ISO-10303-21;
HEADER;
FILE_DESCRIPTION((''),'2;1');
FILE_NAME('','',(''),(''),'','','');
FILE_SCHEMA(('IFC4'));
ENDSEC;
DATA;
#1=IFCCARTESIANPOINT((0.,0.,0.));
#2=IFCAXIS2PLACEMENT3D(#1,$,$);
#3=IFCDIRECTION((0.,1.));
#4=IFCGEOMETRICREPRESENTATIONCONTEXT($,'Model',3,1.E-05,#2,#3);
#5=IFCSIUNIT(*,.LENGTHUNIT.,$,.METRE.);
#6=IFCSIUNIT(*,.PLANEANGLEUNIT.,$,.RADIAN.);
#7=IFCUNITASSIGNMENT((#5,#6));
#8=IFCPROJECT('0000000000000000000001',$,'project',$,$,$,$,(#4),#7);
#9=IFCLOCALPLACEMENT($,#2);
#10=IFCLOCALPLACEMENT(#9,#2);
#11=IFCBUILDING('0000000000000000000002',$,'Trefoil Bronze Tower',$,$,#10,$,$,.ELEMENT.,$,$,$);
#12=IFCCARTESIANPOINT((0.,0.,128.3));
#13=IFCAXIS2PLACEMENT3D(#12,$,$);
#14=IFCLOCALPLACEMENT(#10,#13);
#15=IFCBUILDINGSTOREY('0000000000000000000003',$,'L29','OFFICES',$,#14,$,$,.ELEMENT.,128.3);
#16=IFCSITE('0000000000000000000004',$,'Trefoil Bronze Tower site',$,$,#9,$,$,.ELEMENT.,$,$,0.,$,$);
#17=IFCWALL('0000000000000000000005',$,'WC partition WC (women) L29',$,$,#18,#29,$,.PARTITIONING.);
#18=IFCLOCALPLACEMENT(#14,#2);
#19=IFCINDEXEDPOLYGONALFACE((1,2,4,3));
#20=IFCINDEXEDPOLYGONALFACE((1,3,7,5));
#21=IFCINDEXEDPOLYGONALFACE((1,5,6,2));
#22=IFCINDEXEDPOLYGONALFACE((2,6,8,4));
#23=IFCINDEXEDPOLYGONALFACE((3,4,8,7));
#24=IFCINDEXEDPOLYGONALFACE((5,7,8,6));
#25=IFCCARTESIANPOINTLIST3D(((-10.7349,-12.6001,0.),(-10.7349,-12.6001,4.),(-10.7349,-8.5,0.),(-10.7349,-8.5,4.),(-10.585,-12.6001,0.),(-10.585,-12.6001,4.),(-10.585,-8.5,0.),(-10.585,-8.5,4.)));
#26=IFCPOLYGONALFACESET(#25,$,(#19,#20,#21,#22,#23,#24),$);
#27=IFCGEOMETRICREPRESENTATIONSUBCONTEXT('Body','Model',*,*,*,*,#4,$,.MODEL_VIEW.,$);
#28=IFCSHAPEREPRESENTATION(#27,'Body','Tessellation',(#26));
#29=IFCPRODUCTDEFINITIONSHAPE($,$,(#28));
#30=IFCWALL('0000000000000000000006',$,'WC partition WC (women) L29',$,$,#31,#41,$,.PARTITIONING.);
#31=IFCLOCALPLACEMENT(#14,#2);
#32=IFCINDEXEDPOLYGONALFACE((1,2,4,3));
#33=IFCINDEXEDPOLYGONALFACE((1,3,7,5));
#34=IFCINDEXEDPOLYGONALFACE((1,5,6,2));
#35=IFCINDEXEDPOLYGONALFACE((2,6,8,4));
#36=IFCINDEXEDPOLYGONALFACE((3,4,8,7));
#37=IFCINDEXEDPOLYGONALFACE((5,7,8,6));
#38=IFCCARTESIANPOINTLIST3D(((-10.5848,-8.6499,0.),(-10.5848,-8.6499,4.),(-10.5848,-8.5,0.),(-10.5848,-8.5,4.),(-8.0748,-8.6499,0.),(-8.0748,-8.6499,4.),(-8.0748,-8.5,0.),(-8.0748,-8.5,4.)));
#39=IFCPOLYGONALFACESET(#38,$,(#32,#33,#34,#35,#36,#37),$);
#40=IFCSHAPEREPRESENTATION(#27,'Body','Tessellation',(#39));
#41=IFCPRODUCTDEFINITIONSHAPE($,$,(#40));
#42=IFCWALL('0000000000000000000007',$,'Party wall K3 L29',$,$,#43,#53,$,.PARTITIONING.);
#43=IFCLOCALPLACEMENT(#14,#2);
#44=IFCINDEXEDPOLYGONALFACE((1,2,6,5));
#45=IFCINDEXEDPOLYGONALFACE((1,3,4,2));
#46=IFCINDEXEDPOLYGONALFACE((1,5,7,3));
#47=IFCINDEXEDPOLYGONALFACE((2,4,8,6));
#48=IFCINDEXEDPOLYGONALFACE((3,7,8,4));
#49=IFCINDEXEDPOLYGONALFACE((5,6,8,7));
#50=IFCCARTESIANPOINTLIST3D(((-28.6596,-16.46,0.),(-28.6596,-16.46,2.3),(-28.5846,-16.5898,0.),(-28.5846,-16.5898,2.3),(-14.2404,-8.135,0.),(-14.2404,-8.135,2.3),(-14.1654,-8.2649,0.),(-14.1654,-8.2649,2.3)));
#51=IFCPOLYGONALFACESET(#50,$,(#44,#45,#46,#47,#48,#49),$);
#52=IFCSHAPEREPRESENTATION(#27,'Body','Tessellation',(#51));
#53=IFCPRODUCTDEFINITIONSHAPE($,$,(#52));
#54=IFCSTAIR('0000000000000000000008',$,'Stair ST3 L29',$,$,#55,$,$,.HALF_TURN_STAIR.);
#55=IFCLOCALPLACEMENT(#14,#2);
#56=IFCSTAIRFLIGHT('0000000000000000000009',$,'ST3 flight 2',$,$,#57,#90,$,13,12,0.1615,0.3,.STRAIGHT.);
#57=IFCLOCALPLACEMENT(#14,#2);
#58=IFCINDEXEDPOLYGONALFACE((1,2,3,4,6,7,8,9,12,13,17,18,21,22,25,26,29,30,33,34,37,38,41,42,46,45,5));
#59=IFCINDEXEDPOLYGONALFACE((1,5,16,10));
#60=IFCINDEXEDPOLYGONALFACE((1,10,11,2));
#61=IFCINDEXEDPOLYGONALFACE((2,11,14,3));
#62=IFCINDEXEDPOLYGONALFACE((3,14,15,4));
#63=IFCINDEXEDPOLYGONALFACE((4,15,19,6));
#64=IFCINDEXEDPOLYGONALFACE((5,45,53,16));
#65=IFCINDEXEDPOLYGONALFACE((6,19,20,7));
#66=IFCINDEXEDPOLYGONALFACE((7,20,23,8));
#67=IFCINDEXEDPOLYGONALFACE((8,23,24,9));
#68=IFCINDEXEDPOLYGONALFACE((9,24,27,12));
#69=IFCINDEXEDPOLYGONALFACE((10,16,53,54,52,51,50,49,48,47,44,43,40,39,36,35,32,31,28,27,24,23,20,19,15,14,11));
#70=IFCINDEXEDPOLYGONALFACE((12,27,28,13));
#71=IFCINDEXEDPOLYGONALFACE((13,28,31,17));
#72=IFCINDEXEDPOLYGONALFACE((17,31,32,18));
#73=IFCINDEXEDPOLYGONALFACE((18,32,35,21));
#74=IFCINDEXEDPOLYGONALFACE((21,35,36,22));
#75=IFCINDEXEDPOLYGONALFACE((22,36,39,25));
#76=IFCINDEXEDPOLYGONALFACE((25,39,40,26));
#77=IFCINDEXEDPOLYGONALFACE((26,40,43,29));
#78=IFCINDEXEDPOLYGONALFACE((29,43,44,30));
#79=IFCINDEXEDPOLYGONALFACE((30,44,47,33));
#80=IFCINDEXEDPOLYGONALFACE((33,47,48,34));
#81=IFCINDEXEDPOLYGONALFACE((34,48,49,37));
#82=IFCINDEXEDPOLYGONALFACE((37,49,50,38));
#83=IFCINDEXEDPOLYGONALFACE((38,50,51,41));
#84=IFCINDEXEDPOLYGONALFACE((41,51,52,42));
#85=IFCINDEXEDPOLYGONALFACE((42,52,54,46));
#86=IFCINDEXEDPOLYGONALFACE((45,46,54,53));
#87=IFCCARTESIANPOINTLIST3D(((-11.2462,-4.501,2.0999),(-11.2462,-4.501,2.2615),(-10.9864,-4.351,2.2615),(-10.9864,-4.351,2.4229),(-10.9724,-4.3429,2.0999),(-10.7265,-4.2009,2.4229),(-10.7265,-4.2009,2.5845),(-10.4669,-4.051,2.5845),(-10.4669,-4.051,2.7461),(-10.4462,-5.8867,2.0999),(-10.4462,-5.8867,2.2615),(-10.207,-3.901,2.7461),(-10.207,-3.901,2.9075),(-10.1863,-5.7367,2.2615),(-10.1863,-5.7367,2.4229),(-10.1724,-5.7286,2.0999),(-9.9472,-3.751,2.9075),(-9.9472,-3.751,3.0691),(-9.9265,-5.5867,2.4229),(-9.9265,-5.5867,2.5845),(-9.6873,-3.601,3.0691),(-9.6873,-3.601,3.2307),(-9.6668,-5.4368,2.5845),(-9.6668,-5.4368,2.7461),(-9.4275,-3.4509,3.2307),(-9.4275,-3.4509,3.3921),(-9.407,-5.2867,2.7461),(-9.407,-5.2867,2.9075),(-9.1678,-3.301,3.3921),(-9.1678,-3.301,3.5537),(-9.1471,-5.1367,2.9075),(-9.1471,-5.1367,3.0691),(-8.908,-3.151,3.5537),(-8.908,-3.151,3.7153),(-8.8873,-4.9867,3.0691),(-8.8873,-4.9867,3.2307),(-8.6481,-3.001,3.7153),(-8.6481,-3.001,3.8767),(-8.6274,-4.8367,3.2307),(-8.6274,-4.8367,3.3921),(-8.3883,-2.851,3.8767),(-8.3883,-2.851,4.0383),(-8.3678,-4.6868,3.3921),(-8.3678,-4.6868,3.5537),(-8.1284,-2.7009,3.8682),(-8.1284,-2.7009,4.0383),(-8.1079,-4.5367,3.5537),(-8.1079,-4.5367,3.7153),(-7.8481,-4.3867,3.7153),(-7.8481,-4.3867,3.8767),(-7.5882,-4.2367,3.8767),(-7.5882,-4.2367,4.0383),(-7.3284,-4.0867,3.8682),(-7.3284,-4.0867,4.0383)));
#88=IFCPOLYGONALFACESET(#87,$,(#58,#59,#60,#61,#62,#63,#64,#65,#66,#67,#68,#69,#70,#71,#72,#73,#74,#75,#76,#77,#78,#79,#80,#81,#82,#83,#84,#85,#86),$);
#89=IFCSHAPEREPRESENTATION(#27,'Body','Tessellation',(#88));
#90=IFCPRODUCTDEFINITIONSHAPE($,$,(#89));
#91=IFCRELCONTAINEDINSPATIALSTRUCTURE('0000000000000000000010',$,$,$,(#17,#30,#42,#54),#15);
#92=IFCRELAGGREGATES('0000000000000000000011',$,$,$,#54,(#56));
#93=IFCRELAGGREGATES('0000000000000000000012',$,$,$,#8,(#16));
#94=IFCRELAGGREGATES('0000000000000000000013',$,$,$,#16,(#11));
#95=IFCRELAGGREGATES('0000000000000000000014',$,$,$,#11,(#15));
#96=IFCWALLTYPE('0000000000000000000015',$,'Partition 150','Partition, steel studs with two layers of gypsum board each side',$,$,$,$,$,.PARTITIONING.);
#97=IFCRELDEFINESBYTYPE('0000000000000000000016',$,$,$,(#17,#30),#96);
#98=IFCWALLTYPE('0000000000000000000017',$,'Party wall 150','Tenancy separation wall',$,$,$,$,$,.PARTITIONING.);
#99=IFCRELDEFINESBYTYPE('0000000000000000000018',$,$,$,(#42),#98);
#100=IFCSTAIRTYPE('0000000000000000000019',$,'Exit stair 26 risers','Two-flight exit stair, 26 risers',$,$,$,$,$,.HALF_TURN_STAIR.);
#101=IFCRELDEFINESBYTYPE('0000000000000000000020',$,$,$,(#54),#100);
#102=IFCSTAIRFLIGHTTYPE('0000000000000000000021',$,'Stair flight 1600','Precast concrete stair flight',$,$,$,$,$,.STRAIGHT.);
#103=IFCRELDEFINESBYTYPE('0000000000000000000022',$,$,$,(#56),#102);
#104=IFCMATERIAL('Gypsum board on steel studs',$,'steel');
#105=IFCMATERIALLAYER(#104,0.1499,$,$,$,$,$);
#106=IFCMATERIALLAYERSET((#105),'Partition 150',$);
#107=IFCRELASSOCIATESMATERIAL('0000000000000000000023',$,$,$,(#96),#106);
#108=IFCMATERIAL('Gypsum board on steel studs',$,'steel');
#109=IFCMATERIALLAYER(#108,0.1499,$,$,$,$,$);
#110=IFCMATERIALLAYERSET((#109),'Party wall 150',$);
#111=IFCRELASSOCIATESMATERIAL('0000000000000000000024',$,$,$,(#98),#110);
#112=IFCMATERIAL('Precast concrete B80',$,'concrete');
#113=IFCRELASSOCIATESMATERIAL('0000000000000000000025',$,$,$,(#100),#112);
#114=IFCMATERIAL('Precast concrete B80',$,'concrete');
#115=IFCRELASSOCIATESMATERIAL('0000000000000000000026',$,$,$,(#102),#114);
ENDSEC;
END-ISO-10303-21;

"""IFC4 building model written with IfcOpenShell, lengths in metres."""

from ifc_helpers import new_model, si_unit, direction, frame, frame_2d, origin, place, context, subcontext, project, spatial, polyline, rectangle, outline, extrude, material, layer, layer_set, type_object, element, aggregate, save


model = new_model("IFC4")

# Units and contexts
model_context = context("Model", 3, precision=1e-05, world=origin(), true_north=direction((0.0, 1.0)))
body_context = subcontext(model_context, "Body", "Model", "MODEL_VIEW")
ifc_project = project(units=[si_unit("LENGTHUNIT", "METRE"), si_unit("PLANEANGLEUNIT", "RADIAN")], contexts=[model_context])

# Site, building, storey
site_placement = place(None, origin())
site = spatial("IfcSite", under=ifc_project, at=site_placement, Name="Trefoil Bronze Tower site", CompositionType="ELEMENT", RefElevation=0.0)
building_placement = place(site_placement, origin())
building = spatial("IfcBuilding", under=site, at=building_placement, Name="Trefoil Bronze Tower", CompositionType="ELEMENT")
storey_placement = place(building_placement, frame((0.0, 0.0, 128.3)))
storey = spatial("IfcBuildingStorey", under=building, at=storey_placement, Name="L29", Description="OFFICES", CompositionType="ELEMENT", Elevation=128.3)

# Shared definitions
ifc_material_1 = material(Name="Gypsum board on steel studs", Category="steel")
ifc_layer_1 = layer(ifc_material_1, 0.1499)
ifc_layer_set_1 = layer_set([ifc_layer_1], Name="Partition 150")
wall_type_1 = type_object("IfcWallType", Name="Partition 150", Description="Partition, steel studs with two layers of gypsum board each side", PredefinedType="PARTITIONING", material=ifc_layer_set_1)

# Walls
wall_1_placement = place(storey_placement, frame((-10.6599, -8.5, 0.0), z_axis=(0.0, 0.0, 1.0), x_axis=(0.0, -1.0, 0.0)))
element("IfcWall", 1, at=wall_1_placement, inside=storey, type_object=wall_type_1, Name="WC partition WC (women) L29", PredefinedType="PARTITIONING", context=body_context, shape_type="SweptSolid", body=[
    extrude(rectangle(XDim=4.1001, YDim=0.1499, at=frame_2d((2.05, 0.0))), origin(), (0.0, 0.0, 1.0), 4.0),
])
wall_2_placement = place(storey_placement, frame((-8.075, -8.575, 0.0), z_axis=(0.0, 0.0, 1.0), x_axis=(-1.0, 0.0, 0.0)))
element("IfcWall", 2, at=wall_2_placement, inside=storey, type_object=wall_type_1, Name="WC partition WC (women) L29", PredefinedType="PARTITIONING", context=body_context, shape_type="SweptSolid", body=[
    extrude(rectangle(XDim=2.51, YDim=0.1499, at=frame_2d((1.2549, 0.0))), origin(), (0.0, 0.0, 1.0), 4.0),
])
ifc_material_2 = material(Name="Gypsum board on steel studs", Category="steel")
ifc_layer_2 = layer(ifc_material_2, 0.1499)
ifc_layer_set_2 = layer_set([ifc_layer_2], Name="Party wall 150")
wall_type_2 = type_object("IfcWallType", Name="Party wall 150", Description="Tenancy separation wall", PredefinedType="PARTITIONING", material=ifc_layer_set_2)
wall_3_placement = place(storey_placement, frame((-14.2029, -8.2, 0.0), z_axis=(0.0, 0.0, 1.0), x_axis=(-0.866025, -0.500001, 0.0)))
element("IfcWall", 3, at=wall_3_placement, inside=storey, type_object=wall_type_2, Name="Party wall K3 L29", PredefinedType="PARTITIONING", context=body_context, shape_type="SweptSolid", body=[
    extrude(rectangle(XDim=16.6499, YDim=0.1499, at=frame_2d((8.325, 0.0))), origin(), (0.0, 0.0, 1.0), 2.3),
])

# Stair, stair flight
ifc_material_3 = material(Name="Precast concrete B80", Category="concrete")
stair_type = type_object("IfcStairType", Name="Exit stair 26 risers", Description="Two-flight exit stair, 26 risers", PredefinedType="HALF_TURN_STAIR", material=ifc_material_3)
stair_placement = place(storey_placement, origin())
stair = element("IfcStair", 4, at=stair_placement, inside=storey, type_object=stair_type, Name="Stair ST3 L29", PredefinedType="HALF_TURN_STAIR")
ifc_material_4 = material(Name="Precast concrete B80", Category="concrete")
stair_flight_type = type_object("IfcStairFlightType", Name="Stair flight 1600", Description="Precast concrete stair flight", PredefinedType="STRAIGHT", material=ifc_material_4)
stair_flight_placement = place(storey_placement, frame((-10.8462, -5.1938, 2.0999), z_axis=(0.0, 0.0, 1.0), x_axis=(0.866025, 0.5, 0.0)))
stair_flight = element("IfcStairFlight", 5, at=stair_flight_placement, type_object=stair_flight_type, Name="ST3 flight 2", NumberOfRisers=13, NumberOfTreads=12, PredefinedType="STRAIGHT", RiserHeight=0.1615, TreadLength=0.3, context=body_context, shape_type="SweptSolid", body=[
    extrude(outline(polyline([(0.0, 0.0), (0.0, 0.1616), (0.3, 0.1616), (0.3, 0.323), (0.6001, 0.323), (0.6001, 0.4846), (0.8999, 0.4846), (0.8999, 0.6462), (1.2, 0.6462), (1.2, 0.8076), (1.5, 0.8076), (1.5, 0.9692), (1.8, 0.9692), (1.8, 1.1309), (2.1001, 1.1309), (2.1001, 1.2922), (2.3999, 1.2922), (2.3999, 1.4539), (2.7, 1.4539), (2.7, 1.6155), (3.0, 1.6155), (3.0, 1.7769), (3.3, 1.7769), (3.3, 1.9385), (3.6001, 1.9385), (3.6001, 2.1001), (3.6001, 1.7683), (0.3162, 0.0), (0.0, 0.0)])), frame((0.0, 0.8, 0.0), z_axis=(0.0, -1.0, 0.0), x_axis=(1.0, 0.0, 0.0)), (0.0, 0.0, 1.0), 1.6001),
])
aggregate(stair, [stair_flight])

save(model, "model.ifc")
